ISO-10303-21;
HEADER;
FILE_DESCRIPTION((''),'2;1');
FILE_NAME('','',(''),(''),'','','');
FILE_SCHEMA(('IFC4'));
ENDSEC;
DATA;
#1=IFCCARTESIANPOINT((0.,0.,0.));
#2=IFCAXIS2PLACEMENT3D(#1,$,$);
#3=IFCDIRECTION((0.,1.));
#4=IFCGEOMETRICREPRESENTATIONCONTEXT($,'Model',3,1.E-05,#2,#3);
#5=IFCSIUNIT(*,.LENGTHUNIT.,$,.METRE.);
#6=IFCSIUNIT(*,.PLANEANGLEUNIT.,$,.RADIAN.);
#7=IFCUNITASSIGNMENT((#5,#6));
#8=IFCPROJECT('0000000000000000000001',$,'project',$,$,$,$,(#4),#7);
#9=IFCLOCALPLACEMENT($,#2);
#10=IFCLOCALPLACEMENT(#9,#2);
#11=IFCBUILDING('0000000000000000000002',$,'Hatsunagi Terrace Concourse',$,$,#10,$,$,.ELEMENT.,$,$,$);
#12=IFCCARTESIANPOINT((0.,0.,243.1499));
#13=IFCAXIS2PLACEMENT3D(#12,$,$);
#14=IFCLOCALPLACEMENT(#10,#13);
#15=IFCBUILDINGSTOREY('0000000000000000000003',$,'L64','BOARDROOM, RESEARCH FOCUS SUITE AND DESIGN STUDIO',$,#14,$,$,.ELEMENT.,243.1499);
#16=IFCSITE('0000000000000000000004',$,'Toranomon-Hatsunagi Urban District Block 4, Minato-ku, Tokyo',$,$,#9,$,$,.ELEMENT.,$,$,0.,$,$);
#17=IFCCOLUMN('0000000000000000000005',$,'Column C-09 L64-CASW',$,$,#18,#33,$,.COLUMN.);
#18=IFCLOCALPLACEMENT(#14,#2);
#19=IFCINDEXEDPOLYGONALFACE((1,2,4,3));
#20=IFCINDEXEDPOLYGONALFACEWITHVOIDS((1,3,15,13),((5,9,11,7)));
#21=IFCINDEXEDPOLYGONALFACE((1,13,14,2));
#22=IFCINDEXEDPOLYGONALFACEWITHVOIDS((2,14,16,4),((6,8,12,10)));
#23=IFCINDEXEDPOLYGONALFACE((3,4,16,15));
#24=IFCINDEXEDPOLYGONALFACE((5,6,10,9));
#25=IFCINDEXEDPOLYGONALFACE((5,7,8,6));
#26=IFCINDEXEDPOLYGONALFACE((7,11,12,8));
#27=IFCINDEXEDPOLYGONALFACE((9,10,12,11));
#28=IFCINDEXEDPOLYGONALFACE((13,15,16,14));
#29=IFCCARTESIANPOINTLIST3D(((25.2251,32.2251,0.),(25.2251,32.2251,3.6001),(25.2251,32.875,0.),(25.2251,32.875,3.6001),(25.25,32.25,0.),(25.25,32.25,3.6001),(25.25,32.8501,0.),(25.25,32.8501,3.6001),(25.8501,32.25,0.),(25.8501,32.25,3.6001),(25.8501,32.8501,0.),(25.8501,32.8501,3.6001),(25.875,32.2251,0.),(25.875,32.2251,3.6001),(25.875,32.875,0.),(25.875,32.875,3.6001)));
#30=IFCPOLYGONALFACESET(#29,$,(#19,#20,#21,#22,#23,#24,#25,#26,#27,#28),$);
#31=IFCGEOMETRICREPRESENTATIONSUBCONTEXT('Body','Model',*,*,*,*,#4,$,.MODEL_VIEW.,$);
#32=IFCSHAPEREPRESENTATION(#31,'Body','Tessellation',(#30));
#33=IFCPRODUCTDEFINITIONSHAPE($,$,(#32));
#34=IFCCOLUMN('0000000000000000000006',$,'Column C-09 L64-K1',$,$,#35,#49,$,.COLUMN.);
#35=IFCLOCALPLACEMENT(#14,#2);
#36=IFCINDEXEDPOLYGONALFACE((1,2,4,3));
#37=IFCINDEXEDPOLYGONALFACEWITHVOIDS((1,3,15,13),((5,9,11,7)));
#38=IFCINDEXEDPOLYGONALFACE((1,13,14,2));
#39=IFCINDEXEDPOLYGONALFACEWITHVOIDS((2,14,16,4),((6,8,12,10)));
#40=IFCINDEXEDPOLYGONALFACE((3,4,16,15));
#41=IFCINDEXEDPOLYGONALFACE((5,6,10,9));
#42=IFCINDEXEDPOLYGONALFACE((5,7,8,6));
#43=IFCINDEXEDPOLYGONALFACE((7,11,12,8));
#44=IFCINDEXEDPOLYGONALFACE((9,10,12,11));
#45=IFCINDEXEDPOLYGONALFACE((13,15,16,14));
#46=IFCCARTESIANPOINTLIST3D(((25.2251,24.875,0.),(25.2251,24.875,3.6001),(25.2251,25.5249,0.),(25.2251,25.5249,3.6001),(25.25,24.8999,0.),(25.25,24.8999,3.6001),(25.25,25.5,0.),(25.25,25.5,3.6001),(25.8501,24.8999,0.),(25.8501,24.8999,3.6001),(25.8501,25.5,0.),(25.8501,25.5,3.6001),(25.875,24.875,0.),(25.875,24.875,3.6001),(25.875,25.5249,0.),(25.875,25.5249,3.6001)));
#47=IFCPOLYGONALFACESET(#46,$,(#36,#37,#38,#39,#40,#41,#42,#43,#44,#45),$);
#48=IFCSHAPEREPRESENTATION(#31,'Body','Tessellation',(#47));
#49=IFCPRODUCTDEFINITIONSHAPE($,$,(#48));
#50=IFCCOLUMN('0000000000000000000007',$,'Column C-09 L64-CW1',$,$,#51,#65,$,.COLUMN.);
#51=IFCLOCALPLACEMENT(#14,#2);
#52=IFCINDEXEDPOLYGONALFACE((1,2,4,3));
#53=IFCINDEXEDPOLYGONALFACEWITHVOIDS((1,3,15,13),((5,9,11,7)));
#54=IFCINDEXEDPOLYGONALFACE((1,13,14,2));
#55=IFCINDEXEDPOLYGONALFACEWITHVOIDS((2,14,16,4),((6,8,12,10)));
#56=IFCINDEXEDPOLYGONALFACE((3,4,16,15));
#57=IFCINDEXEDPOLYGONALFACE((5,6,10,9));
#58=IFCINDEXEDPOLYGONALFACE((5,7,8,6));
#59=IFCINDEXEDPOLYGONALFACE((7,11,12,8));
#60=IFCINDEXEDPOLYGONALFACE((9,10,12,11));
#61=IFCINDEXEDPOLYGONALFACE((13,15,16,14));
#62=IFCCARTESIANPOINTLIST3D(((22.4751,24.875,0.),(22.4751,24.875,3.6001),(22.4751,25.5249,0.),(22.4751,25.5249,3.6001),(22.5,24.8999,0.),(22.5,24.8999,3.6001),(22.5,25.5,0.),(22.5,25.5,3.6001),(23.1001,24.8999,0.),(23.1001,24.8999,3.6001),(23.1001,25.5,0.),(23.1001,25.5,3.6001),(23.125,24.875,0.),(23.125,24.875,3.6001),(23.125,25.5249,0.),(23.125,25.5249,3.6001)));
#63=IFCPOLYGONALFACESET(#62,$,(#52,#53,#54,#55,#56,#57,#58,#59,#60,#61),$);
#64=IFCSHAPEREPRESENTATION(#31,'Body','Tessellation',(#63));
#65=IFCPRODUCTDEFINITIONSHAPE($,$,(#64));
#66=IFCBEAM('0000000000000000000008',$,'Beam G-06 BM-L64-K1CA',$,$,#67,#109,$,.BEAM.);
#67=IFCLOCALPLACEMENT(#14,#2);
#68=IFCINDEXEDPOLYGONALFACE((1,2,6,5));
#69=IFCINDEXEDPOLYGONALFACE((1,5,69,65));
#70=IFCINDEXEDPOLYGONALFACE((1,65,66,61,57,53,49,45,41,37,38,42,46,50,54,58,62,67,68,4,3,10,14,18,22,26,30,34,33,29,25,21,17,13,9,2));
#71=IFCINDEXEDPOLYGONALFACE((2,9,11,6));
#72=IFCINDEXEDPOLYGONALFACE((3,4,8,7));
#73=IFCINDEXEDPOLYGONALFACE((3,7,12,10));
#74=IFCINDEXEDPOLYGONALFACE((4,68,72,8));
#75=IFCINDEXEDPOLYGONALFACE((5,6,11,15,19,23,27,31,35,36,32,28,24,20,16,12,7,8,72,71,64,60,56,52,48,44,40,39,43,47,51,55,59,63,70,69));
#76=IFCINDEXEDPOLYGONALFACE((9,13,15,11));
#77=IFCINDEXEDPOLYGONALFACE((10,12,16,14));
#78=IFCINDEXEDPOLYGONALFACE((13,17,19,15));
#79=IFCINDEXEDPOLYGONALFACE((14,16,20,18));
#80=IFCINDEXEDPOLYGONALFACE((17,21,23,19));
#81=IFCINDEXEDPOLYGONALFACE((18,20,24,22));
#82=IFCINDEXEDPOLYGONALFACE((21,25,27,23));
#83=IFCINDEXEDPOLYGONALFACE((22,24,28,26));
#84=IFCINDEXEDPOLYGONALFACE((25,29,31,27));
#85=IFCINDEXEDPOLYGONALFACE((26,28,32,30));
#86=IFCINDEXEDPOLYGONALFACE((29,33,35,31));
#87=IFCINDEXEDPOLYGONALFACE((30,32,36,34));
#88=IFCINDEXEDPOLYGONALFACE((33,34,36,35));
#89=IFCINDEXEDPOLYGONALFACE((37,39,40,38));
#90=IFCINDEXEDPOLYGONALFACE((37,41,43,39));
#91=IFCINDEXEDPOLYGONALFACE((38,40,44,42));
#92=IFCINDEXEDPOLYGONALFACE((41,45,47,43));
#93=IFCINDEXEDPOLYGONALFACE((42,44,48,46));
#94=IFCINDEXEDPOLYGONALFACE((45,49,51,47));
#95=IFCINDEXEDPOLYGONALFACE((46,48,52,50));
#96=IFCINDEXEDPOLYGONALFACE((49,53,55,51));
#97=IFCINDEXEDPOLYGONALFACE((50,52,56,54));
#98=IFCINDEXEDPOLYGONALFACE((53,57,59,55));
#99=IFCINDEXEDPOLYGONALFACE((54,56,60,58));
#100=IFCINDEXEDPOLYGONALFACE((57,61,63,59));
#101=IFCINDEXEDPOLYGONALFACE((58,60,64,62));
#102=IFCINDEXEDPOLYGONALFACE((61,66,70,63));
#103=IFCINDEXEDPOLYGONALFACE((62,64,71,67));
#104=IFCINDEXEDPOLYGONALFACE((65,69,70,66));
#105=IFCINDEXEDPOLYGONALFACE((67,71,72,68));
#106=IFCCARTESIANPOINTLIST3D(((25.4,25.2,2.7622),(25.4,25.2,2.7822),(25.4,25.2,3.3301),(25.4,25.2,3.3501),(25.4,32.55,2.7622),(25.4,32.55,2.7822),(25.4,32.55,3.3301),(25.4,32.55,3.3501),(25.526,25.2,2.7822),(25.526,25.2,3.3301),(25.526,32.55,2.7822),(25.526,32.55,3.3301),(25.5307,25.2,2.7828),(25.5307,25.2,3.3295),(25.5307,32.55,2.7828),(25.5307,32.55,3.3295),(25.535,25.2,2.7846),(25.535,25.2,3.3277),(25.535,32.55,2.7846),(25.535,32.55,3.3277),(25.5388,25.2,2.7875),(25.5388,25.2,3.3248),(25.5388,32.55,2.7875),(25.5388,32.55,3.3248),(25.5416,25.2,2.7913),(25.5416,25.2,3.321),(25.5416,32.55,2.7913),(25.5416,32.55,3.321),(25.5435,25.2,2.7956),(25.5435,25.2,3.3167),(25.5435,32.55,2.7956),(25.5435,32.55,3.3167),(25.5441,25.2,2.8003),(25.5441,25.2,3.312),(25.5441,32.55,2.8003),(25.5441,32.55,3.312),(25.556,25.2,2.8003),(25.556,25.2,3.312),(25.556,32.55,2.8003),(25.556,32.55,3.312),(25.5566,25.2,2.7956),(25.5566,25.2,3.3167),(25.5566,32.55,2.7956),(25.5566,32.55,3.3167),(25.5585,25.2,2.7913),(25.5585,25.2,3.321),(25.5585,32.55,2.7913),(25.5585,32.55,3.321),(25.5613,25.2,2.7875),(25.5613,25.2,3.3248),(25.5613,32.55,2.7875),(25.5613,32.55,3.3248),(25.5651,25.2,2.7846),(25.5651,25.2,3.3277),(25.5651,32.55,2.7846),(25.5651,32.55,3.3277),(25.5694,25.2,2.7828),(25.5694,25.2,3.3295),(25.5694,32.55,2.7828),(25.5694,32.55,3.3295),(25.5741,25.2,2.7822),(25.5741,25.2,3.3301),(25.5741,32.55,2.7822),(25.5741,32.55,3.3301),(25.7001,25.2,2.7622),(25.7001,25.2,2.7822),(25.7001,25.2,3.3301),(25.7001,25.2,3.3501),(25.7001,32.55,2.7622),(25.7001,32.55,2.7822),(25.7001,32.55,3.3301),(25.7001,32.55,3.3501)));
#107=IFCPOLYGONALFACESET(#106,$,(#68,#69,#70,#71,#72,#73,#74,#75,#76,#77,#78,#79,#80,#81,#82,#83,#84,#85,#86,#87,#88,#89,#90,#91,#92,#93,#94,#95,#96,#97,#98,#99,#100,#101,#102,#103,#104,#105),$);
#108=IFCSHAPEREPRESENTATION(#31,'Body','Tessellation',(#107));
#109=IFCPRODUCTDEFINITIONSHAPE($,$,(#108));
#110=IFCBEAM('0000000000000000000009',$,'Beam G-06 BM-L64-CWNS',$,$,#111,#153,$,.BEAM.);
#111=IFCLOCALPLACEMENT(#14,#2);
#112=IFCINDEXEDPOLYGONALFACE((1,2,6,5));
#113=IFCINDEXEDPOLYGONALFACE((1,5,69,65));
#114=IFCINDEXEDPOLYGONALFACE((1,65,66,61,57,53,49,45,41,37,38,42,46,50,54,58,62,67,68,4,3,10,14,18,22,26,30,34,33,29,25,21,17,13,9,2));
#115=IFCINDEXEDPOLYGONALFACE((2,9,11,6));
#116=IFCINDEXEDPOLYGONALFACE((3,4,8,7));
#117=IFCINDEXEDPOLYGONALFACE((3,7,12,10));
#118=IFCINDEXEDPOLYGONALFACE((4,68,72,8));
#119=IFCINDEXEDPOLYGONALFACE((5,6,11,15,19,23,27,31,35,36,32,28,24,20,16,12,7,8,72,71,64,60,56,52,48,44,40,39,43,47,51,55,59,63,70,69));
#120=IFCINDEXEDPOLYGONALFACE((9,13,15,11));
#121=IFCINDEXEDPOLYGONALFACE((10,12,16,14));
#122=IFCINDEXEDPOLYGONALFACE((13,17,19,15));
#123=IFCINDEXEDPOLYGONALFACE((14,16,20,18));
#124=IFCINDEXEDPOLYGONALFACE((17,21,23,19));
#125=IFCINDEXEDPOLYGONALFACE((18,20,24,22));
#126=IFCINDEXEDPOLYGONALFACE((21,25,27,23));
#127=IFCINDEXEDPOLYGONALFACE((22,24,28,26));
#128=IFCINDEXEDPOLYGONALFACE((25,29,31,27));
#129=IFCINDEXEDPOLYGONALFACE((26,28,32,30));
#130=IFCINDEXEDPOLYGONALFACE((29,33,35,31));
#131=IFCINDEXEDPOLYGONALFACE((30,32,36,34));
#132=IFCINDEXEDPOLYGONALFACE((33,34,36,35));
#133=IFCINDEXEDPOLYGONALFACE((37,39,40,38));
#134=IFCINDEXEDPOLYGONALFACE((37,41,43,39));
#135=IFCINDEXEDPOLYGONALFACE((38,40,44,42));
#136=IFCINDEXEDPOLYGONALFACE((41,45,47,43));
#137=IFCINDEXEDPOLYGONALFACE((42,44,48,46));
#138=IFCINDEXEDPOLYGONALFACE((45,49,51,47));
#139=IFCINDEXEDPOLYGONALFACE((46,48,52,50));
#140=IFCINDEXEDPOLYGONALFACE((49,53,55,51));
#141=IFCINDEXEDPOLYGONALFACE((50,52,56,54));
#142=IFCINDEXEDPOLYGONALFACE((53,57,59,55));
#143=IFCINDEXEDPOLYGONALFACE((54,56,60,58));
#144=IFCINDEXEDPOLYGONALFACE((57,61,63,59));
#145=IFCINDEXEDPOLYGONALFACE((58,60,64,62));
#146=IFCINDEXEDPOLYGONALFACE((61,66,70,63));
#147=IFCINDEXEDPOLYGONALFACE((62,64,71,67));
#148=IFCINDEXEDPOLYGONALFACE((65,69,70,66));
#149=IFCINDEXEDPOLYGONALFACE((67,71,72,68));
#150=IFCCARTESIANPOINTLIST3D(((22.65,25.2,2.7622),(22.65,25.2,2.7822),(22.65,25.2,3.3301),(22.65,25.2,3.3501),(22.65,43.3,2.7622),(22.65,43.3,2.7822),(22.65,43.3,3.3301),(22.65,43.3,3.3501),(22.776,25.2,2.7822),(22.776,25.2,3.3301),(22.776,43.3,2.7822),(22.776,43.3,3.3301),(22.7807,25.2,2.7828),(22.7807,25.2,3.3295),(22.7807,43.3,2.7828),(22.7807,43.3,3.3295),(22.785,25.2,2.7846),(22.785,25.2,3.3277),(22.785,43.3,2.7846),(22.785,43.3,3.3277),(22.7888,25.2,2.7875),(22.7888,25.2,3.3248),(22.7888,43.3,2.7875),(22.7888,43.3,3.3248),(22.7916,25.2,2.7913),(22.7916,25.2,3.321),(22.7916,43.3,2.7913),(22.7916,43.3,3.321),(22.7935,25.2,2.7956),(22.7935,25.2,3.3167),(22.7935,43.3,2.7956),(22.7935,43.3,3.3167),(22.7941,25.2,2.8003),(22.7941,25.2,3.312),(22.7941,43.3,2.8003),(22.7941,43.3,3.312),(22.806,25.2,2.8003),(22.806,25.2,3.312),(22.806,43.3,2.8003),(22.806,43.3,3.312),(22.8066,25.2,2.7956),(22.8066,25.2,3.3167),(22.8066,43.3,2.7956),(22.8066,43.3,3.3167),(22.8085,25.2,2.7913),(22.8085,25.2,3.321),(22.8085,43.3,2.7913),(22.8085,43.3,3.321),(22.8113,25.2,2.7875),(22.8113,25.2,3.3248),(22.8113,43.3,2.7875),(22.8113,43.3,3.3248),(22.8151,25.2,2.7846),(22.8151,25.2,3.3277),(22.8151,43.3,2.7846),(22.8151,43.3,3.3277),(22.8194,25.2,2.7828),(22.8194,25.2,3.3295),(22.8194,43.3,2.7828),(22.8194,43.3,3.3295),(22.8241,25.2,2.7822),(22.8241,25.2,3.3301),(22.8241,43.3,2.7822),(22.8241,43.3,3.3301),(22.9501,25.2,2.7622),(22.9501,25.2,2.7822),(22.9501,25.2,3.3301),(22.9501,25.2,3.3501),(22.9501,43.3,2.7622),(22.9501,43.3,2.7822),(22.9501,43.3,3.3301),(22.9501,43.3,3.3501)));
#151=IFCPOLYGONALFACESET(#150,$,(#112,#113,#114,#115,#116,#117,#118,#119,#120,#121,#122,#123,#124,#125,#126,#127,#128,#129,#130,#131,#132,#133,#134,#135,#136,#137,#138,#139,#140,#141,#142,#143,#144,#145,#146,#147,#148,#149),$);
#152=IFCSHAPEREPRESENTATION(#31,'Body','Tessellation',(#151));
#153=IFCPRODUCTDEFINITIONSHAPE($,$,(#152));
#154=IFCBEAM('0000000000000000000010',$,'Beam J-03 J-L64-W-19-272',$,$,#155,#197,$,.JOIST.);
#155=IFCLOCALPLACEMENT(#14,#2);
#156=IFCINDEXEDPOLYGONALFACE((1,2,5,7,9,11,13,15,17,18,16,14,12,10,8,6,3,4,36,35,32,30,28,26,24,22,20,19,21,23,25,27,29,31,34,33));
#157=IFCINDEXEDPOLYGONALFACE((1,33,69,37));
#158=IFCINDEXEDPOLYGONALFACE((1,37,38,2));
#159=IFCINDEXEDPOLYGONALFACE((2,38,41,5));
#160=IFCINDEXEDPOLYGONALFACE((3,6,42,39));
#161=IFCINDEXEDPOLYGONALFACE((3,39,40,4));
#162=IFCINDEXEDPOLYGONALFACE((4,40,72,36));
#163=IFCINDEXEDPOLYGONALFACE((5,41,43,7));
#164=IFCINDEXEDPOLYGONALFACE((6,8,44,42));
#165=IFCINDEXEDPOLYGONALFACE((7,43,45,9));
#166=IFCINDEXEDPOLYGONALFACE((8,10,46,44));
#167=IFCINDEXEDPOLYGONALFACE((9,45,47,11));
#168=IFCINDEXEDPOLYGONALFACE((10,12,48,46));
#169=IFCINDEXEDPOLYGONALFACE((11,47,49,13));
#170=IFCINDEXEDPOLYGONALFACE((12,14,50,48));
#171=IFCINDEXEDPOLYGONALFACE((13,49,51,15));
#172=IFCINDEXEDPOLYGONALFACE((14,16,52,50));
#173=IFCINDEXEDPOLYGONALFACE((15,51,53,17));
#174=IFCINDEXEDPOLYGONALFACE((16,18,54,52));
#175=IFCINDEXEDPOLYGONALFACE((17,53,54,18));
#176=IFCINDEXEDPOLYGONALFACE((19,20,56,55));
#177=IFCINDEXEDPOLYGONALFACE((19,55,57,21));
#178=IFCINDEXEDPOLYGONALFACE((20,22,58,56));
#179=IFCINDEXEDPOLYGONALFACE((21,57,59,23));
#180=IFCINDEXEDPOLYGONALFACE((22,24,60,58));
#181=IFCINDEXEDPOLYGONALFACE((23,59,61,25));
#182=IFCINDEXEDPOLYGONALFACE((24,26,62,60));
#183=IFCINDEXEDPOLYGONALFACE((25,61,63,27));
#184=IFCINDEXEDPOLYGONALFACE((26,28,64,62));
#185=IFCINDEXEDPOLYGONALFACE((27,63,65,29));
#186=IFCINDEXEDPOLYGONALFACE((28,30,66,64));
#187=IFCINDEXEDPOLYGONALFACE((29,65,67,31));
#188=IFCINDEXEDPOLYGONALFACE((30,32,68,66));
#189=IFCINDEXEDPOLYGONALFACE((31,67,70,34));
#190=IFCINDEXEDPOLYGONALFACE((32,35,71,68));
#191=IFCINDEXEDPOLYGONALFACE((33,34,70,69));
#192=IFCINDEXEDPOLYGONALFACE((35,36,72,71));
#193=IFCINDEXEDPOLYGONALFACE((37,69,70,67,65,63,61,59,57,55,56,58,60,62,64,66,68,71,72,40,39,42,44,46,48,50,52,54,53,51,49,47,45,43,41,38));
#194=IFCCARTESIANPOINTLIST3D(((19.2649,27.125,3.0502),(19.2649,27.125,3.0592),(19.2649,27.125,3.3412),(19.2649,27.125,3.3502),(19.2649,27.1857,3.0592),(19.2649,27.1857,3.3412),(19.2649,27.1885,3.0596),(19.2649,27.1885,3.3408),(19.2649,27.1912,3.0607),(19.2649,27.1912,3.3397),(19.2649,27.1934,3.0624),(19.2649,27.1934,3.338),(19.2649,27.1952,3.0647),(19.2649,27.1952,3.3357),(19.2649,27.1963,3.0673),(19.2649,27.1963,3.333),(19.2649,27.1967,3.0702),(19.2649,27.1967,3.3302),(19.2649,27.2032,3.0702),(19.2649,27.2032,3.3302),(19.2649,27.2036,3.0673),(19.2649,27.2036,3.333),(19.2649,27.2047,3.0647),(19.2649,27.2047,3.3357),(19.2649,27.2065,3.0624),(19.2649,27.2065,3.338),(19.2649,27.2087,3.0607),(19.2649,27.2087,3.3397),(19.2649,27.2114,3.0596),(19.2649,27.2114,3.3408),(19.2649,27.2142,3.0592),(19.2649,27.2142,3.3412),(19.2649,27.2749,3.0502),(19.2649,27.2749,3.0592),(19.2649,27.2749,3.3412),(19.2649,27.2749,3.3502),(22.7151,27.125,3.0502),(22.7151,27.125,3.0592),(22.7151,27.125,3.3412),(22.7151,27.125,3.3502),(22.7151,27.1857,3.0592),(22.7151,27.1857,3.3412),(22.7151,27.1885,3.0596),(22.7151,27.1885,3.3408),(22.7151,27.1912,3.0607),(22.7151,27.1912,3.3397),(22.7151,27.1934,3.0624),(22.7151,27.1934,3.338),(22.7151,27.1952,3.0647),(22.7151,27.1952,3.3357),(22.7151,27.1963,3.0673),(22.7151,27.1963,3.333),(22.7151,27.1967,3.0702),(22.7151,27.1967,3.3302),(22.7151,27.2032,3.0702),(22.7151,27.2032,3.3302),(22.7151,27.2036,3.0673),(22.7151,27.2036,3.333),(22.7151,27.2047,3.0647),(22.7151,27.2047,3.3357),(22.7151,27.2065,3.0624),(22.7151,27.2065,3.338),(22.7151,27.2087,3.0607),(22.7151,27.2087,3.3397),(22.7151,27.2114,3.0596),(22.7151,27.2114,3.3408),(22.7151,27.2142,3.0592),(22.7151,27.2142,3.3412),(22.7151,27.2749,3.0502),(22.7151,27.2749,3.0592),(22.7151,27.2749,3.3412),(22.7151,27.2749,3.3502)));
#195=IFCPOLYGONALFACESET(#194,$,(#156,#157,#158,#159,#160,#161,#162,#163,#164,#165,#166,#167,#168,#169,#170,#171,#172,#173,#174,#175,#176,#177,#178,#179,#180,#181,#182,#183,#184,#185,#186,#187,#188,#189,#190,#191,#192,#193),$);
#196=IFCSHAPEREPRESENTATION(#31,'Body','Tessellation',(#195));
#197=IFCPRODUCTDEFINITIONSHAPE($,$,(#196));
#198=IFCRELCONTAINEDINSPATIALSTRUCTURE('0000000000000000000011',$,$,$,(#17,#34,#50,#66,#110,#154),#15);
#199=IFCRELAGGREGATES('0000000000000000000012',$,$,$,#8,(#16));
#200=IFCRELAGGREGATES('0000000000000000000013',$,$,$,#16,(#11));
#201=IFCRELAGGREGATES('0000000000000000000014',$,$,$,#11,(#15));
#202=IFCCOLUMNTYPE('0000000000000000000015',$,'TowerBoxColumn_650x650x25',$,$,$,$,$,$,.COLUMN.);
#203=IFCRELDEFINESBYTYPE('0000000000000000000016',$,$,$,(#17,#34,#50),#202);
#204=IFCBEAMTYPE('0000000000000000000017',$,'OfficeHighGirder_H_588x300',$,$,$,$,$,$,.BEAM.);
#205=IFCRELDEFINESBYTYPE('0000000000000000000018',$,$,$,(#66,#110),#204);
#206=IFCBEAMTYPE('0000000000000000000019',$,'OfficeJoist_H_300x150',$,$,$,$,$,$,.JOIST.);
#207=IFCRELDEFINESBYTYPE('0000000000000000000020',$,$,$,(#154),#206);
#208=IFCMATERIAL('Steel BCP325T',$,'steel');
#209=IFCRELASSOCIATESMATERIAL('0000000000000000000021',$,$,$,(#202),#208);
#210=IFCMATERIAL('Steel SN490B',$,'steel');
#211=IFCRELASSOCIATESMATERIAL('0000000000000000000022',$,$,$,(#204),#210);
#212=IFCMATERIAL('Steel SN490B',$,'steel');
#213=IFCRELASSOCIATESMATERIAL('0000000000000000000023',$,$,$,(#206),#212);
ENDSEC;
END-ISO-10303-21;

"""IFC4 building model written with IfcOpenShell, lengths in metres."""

from ifc_helpers import new_model, si_unit, direction, frame, origin, origin_2d, place, context, subcontext, project, spatial, hollow_rectangle, i_section, extrude, material, material_profile, profile_set, type_object, element, save


model = new_model("IFC4")

# Units and contexts
model_context = context("Model", 3, precision=1e-05, world=origin(), true_north=direction((0.0, 1.0)))
body_context = subcontext(model_context, "Body", "Model", "MODEL_VIEW")
ifc_project = project(units=[si_unit("LENGTHUNIT", "METRE"), si_unit("PLANEANGLEUNIT", "RADIAN")], contexts=[model_context])

# Site, building, storey
site_placement = place(None, origin())
site = spatial("IfcSite", under=ifc_project, at=site_placement, Name="Toranomon-Hatsunagi Urban District Block 4, Minato-ku, Tokyo", CompositionType="ELEMENT", RefElevation=0.0)
building_placement = place(site_placement, origin())
building = spatial("IfcBuilding", under=site, at=building_placement, Name="Hatsunagi Terrace Concourse", CompositionType="ELEMENT")
storey_placement = place(building_placement, frame((0.0, 0.0, 243.1499)))
storey = spatial("IfcBuildingStorey", under=building, at=storey_placement, Name="L64", Description="BOARDROOM, RESEARCH FOCUS SUITE AND DESIGN STUDIO", CompositionType="ELEMENT", Elevation=243.1499)

# Columns
ifc_material_1 = material(Name="Steel BCP325T", Category="steel")
ifc_material_profile_1 = material_profile(ifc_material_1, hollow_rectangle(XDim=0.6499, YDim=0.6499, WallThickness=0.0249, at=origin_2d()), Name="BCP-650x650x25")
ifc_profile_set_1 = profile_set([ifc_material_profile_1], Name="Steel BCP325T")
column_type = type_object("IfcColumnType", Name="TowerBoxColumn_650x650x25", PredefinedType="COLUMN", material=ifc_profile_set_1)
for number, where, z_axis, x_axis, name in (
    (1, (25.55, 32.55, 0.0), (0.0, 0.0, 1.0), (1.0, 0.0, 0.0), "Column C-09 L64-CASW"),
    (2, (25.55, 25.2, 0.0), (0.0, 0.0, 1.0), (1.0, 0.0, 0.0), "Column C-09 L64-K1"),
    (3, (22.8, 25.2, 0.0), (0.0, 0.0, 1.0), (1.0, 0.0, 0.0), "Column C-09 L64-CW1"),
):
    element("IfcColumn", number, at=place(storey_placement, frame(where, z_axis=z_axis, x_axis=x_axis)), inside=storey, type_object=column_type, Name=name, PredefinedType="COLUMN", context=body_context, shape_type="SweptSolid", body=[
        extrude(hollow_rectangle(XDim=0.6499, YDim=0.6499, WallThickness=0.0249, at=origin_2d()), origin(), (0.0, 0.0, 1.0), 3.6001),
    ])

# Beams
ifc_material_2 = material(Name="Steel SN490B", Category="steel")
ifc_material_profile_2 = material_profile(ifc_material_2, i_section(OverallWidth=0.3, OverallDepth=0.5879, WebThickness=0.012, FlangeThickness=0.02, FilletRadius=0.0181, at=origin_2d()), Name="H-588x300x12x20")
ifc_profile_set_2 = profile_set([ifc_material_profile_2], Name="Steel SN490B")
beam_type_1 = type_object("IfcBeamType", Name="OfficeHighGirder_H_588x300", PredefinedType="BEAM", material=ifc_profile_set_2)
beam_1_placement = place(storey_placement, frame((25.55, 25.2, 3.0562), z_axis=(0.0, 1.0, 0.0), x_axis=(-1.0, 0.0, 0.0)))
element("IfcBeam", 4, at=beam_1_placement, inside=storey, type_object=beam_type_1, Name="Beam G-06 BM-L64-K1CA", PredefinedType="BEAM", context=body_context, shape_type="SweptSolid", body=[
    extrude(i_section(OverallWidth=0.3, OverallDepth=0.5879, WebThickness=0.012, FlangeThickness=0.02, FilletRadius=0.0181, at=origin_2d()), origin(), (0.0, 0.0, 1.0), 7.3501),
])
beam_2_placement = place(storey_placement, frame((22.8, 25.2, 3.0562), z_axis=(0.0, 1.0, 0.0), x_axis=(-1.0, 0.0, 0.0)))
element("IfcBeam", 5, at=beam_2_placement, inside=storey, type_object=beam_type_1, Name="Beam G-06 BM-L64-CWNS", PredefinedType="BEAM", context=body_context, shape_type="SweptSolid", body=[
    extrude(i_section(OverallWidth=0.3, OverallDepth=0.5879, WebThickness=0.012, FlangeThickness=0.02, FilletRadius=0.0181, at=origin_2d()), origin(), (0.0, 0.0, 1.0), 18.1001),
])
ifc_material_3 = material(Name="Steel SN490B", Category="steel")
ifc_material_profile_3 = material_profile(ifc_material_3, i_section(OverallWidth=0.1499, OverallDepth=0.3, WebThickness=0.0066, FlangeThickness=0.009, FilletRadius=0.011, at=origin_2d()), Name="H-300x150x6.5x9")
ifc_profile_set_3 = profile_set([ifc_material_profile_3], Name="Steel SN490B")
beam_type_2 = type_object("IfcBeamType", Name="OfficeJoist_H_300x150", PredefinedType="JOIST", material=ifc_profile_set_3)
for number, where, z_axis, x_axis, name in (
    (6, (19.2649, 27.2, 3.2002), (1.0, 0.0, 0.0), (0.0, 1.0, 0.0), "Beam J-03 J-L64-W-19-272"),
):
    element("IfcBeam", number, at=place(storey_placement, frame(where, z_axis=z_axis, x_axis=x_axis)), inside=storey, type_object=beam_type_2, Name=name, PredefinedType="JOIST", context=body_context, shape_type="SweptSolid", body=[
        extrude(i_section(OverallWidth=0.1499, OverallDepth=0.3, WebThickness=0.0066, FlangeThickness=0.009, FilletRadius=0.011, at=origin_2d()), origin(), (0.0, 0.0, 1.0), 3.4502),
    ])

save(model, "model.ifc")
